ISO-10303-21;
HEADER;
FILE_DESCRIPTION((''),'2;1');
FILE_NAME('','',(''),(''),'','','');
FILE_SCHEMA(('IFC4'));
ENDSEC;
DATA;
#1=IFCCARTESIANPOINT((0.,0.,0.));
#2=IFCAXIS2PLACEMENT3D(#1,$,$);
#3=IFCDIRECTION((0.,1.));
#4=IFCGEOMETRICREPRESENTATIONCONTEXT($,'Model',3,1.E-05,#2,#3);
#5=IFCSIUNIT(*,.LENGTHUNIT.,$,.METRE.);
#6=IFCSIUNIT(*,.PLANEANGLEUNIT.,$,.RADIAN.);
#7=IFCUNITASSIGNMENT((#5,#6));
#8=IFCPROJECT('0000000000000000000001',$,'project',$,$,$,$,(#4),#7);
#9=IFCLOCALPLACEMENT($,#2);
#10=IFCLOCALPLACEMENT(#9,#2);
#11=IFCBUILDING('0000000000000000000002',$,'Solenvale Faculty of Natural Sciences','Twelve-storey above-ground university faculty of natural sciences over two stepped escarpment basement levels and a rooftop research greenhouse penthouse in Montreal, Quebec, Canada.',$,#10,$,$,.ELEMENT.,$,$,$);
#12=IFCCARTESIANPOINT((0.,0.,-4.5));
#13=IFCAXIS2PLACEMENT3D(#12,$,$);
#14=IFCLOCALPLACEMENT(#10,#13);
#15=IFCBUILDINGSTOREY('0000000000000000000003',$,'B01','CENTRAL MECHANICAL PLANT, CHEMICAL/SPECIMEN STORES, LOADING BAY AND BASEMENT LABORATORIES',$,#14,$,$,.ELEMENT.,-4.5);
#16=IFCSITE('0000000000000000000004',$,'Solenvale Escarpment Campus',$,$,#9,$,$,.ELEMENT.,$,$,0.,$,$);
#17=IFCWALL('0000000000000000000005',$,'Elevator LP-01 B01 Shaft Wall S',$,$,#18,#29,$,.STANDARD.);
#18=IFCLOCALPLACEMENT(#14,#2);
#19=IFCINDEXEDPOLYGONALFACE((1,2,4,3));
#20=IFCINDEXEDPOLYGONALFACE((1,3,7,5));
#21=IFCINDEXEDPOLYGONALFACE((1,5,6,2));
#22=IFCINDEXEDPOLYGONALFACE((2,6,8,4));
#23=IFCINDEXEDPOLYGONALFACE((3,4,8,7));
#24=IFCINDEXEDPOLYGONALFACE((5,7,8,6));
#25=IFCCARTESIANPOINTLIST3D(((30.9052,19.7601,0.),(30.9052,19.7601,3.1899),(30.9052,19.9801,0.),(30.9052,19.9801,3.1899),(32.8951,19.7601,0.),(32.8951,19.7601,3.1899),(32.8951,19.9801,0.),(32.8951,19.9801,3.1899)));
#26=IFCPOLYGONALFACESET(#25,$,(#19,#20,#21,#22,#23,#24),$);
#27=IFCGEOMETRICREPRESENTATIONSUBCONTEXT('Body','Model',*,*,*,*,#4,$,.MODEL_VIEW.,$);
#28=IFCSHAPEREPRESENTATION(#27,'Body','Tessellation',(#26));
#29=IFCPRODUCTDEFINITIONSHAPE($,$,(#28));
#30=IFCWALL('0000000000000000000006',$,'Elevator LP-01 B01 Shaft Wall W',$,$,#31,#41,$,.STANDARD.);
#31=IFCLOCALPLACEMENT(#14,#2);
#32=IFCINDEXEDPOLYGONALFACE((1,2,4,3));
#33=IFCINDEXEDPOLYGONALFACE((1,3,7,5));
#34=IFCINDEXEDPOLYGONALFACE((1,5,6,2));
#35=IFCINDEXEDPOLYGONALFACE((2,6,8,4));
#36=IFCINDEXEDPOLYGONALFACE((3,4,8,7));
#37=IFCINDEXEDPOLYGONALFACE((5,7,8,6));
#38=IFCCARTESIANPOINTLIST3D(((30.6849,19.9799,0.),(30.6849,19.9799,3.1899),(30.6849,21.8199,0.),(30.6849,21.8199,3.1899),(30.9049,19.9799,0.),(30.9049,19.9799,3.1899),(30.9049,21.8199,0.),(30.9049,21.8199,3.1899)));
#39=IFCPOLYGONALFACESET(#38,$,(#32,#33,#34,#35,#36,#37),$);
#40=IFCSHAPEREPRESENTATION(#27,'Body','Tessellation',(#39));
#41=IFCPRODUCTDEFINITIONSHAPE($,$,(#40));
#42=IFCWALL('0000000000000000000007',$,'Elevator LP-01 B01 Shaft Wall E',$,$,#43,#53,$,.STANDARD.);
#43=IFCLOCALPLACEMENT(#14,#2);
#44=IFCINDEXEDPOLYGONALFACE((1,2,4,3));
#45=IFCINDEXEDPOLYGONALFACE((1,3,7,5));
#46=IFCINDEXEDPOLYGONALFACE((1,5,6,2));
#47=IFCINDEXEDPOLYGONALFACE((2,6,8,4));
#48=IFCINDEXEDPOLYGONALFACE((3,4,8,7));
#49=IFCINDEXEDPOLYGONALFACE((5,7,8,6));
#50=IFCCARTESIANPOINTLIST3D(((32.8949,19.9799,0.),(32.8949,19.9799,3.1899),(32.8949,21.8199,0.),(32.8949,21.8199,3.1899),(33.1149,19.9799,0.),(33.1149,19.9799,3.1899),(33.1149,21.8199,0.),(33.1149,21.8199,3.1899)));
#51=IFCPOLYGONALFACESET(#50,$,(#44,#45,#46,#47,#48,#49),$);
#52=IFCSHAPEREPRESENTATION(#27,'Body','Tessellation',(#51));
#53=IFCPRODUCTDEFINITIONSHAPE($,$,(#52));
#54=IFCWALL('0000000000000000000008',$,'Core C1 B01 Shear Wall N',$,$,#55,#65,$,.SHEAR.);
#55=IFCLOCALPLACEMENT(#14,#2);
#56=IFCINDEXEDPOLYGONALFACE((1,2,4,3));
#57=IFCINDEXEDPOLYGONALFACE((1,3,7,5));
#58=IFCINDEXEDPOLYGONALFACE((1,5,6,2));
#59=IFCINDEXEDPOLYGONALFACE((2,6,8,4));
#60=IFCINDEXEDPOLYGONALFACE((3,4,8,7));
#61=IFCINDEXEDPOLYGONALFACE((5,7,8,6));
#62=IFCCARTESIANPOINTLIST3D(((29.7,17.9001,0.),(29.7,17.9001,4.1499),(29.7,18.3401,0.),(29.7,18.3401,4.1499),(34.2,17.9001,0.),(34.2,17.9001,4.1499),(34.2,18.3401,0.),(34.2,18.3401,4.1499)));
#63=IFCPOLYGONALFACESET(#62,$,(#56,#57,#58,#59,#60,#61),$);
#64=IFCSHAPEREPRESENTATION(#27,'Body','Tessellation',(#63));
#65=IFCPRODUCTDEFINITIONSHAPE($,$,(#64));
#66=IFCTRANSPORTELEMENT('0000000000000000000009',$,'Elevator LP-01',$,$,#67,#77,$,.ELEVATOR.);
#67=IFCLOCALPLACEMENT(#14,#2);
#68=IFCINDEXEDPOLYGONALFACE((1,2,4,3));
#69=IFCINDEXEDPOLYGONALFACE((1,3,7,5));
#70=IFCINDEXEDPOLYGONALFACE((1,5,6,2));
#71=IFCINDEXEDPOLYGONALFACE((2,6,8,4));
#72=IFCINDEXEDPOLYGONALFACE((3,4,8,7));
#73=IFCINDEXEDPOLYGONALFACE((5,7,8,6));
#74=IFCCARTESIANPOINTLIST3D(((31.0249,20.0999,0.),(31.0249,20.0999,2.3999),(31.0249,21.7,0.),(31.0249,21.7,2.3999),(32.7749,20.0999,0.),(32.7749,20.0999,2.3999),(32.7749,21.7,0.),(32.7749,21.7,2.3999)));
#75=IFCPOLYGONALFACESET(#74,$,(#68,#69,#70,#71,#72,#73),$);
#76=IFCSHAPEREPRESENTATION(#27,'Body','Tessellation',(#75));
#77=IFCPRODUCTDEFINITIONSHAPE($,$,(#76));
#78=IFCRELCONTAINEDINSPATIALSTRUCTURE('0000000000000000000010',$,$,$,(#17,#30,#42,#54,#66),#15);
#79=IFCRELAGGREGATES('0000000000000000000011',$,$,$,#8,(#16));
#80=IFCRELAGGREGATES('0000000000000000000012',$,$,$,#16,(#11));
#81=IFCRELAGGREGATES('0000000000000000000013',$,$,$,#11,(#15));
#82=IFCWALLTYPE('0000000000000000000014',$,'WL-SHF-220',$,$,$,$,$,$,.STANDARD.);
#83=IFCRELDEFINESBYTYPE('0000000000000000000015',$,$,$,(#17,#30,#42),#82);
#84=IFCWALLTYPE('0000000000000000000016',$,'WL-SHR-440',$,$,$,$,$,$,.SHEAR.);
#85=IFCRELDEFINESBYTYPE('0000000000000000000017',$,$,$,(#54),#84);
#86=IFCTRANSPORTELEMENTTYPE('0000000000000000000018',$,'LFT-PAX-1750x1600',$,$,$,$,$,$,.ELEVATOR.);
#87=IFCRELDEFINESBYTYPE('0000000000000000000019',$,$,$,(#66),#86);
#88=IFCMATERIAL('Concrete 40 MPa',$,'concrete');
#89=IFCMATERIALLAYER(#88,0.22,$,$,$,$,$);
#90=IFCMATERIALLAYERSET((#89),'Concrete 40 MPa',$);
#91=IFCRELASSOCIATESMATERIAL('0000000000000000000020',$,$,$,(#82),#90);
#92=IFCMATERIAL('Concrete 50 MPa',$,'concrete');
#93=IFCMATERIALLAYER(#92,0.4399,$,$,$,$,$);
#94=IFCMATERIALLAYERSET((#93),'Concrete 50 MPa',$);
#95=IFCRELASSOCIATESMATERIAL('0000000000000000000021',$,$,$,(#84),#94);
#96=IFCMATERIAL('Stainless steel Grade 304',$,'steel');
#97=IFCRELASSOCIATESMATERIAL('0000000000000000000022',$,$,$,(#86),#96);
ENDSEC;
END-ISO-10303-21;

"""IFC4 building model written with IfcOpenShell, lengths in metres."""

from ifc_helpers import new_model, si_unit, direction, frame, frame_2d, origin, origin_2d, place, context, subcontext, project, spatial, rectangle, extrude, material, layer, layer_set, type_object, element, save


model = new_model("IFC4")

# Units and contexts
model_context = context("Model", 3, precision=1e-05, world=origin(), true_north=direction((0.0, 1.0)))
body_context = subcontext(model_context, "Body", "Model", "MODEL_VIEW")
ifc_project = project(units=[si_unit("LENGTHUNIT", "METRE"), si_unit("PLANEANGLEUNIT", "RADIAN")], contexts=[model_context])

# Site, building, storey
site_placement = place(None, origin())
site = spatial("IfcSite", under=ifc_project, at=site_placement, Name="Solenvale Escarpment Campus", CompositionType="ELEMENT", RefElevation=0.0)
building_placement = place(site_placement, origin())
building = spatial("IfcBuilding", under=site, at=building_placement, Name="Solenvale Faculty of Natural Sciences", Description="Twelve-storey above-ground university faculty of natural sciences over two stepped escarpment basement levels and a rooftop research greenhouse penthouse in Montreal, Quebec, Canada.", CompositionType="ELEMENT")
storey_placement = place(building_placement, frame((0.0, 0.0, -4.5)))
storey = spatial("IfcBuildingStorey", under=building, at=storey_placement, Name="B01", Description="CENTRAL MECHANICAL PLANT, CHEMICAL/SPECIMEN STORES, LOADING BAY AND BASEMENT LABORATORIES", CompositionType="ELEMENT", Elevation=-4.5)

# Shared definitions
ifc_material_1 = material(Name="Concrete 40 MPa", Category="concrete")

# Shared definitions
ifc_material_2 = material(Name="Concrete 50 MPa", Category="concrete")

# Wall
ifc_layer_1 = layer(ifc_material_1, 0.22)
ifc_layer_set_1 = layer_set([ifc_layer_1], Name="Concrete 40 MPa")
wall_type_1 = type_object("IfcWallType", Name="WL-SHF-220", PredefinedType="STANDARD", material=ifc_layer_set_1)
wall_1_placement = place(storey_placement, frame((30.905, 19.8701, 0.0), z_axis=(0.0, 0.0, 1.0), x_axis=(1.0, 0.0, 0.0)))
element("IfcWall", 1, at=wall_1_placement, inside=storey, type_object=wall_type_1, Name="Elevator LP-01 B01 Shaft Wall S", PredefinedType="STANDARD", context=body_context, shape_type="SweptSolid", body=[
    extrude(rectangle(XDim=1.99, YDim=0.22, at=frame_2d((0.9951, 0.0))), origin(), (0.0, 0.0, 1.0), 3.1899),
])

# Shared definitions
ifc_material_3 = material(Name="Stainless steel Grade 304", Category="steel")

# Walls
for number, where, z_axis, x_axis, name in (
    (2, (30.7949, 19.98, 0.0), (0.0, 0.0, 1.0), (0.0, 1.0, 0.0), "Elevator LP-01 B01 Shaft Wall W"),
    (3, (33.0049, 19.98, 0.0), (0.0, 0.0, 1.0), (0.0, 1.0, 0.0), "Elevator LP-01 B01 Shaft Wall E"),
):
    element("IfcWall", number, at=place(storey_placement, frame(where, z_axis=z_axis, x_axis=x_axis)), inside=storey, type_object=wall_type_1, Name=name, PredefinedType="STANDARD", context=body_context, shape_type="SweptSolid", body=[
        extrude(rectangle(XDim=1.8401, YDim=0.22, at=frame_2d((0.9199, 0.0))), origin(), (0.0, 0.0, 1.0), 3.1899),
    ])
ifc_layer_2 = layer(ifc_material_2, 0.4399)
ifc_layer_set_2 = layer_set([ifc_layer_2], Name="Concrete 50 MPa")
wall_type_2 = type_object("IfcWallType", Name="WL-SHR-440", PredefinedType="SHEAR", material=ifc_layer_set_2)
wall_2_placement = place(storey_placement, frame((29.7, 18.1201, 0.0), z_axis=(0.0, 0.0, 1.0), x_axis=(1.0, 0.0, 0.0)))
element("IfcWall", 4, at=wall_2_placement, inside=storey, type_object=wall_type_2, Name="Core C1 B01 Shear Wall N", PredefinedType="SHEAR", context=body_context, shape_type="SweptSolid", body=[
    extrude(rectangle(XDim=4.5, YDim=0.4399, at=frame_2d((2.25, 0.0))), origin(), (0.0, 0.0, 1.0), 4.1499),
])

# Transport element
transport_element_type = type_object("IfcTransportElementType", Name="LFT-PAX-1750x1600", PredefinedType="ELEVATOR", material=ifc_material_3)
transport_element_placement = place(storey_placement, frame((31.8999, 20.8999, 0.0), z_axis=(0.0, 0.0, 1.0), x_axis=(1.0, 0.0, 0.0)))
element("IfcTransportElement", 5, at=transport_element_placement, inside=storey, type_object=transport_element_type, Name="Elevator LP-01", PredefinedType="ELEVATOR", context=body_context, shape_type="SweptSolid", body=[
    extrude(rectangle(XDim=1.75, YDim=1.6001, at=origin_2d()), origin(), (0.0, 0.0, 1.0), 2.3999),
])

save(model, "model.ifc")
